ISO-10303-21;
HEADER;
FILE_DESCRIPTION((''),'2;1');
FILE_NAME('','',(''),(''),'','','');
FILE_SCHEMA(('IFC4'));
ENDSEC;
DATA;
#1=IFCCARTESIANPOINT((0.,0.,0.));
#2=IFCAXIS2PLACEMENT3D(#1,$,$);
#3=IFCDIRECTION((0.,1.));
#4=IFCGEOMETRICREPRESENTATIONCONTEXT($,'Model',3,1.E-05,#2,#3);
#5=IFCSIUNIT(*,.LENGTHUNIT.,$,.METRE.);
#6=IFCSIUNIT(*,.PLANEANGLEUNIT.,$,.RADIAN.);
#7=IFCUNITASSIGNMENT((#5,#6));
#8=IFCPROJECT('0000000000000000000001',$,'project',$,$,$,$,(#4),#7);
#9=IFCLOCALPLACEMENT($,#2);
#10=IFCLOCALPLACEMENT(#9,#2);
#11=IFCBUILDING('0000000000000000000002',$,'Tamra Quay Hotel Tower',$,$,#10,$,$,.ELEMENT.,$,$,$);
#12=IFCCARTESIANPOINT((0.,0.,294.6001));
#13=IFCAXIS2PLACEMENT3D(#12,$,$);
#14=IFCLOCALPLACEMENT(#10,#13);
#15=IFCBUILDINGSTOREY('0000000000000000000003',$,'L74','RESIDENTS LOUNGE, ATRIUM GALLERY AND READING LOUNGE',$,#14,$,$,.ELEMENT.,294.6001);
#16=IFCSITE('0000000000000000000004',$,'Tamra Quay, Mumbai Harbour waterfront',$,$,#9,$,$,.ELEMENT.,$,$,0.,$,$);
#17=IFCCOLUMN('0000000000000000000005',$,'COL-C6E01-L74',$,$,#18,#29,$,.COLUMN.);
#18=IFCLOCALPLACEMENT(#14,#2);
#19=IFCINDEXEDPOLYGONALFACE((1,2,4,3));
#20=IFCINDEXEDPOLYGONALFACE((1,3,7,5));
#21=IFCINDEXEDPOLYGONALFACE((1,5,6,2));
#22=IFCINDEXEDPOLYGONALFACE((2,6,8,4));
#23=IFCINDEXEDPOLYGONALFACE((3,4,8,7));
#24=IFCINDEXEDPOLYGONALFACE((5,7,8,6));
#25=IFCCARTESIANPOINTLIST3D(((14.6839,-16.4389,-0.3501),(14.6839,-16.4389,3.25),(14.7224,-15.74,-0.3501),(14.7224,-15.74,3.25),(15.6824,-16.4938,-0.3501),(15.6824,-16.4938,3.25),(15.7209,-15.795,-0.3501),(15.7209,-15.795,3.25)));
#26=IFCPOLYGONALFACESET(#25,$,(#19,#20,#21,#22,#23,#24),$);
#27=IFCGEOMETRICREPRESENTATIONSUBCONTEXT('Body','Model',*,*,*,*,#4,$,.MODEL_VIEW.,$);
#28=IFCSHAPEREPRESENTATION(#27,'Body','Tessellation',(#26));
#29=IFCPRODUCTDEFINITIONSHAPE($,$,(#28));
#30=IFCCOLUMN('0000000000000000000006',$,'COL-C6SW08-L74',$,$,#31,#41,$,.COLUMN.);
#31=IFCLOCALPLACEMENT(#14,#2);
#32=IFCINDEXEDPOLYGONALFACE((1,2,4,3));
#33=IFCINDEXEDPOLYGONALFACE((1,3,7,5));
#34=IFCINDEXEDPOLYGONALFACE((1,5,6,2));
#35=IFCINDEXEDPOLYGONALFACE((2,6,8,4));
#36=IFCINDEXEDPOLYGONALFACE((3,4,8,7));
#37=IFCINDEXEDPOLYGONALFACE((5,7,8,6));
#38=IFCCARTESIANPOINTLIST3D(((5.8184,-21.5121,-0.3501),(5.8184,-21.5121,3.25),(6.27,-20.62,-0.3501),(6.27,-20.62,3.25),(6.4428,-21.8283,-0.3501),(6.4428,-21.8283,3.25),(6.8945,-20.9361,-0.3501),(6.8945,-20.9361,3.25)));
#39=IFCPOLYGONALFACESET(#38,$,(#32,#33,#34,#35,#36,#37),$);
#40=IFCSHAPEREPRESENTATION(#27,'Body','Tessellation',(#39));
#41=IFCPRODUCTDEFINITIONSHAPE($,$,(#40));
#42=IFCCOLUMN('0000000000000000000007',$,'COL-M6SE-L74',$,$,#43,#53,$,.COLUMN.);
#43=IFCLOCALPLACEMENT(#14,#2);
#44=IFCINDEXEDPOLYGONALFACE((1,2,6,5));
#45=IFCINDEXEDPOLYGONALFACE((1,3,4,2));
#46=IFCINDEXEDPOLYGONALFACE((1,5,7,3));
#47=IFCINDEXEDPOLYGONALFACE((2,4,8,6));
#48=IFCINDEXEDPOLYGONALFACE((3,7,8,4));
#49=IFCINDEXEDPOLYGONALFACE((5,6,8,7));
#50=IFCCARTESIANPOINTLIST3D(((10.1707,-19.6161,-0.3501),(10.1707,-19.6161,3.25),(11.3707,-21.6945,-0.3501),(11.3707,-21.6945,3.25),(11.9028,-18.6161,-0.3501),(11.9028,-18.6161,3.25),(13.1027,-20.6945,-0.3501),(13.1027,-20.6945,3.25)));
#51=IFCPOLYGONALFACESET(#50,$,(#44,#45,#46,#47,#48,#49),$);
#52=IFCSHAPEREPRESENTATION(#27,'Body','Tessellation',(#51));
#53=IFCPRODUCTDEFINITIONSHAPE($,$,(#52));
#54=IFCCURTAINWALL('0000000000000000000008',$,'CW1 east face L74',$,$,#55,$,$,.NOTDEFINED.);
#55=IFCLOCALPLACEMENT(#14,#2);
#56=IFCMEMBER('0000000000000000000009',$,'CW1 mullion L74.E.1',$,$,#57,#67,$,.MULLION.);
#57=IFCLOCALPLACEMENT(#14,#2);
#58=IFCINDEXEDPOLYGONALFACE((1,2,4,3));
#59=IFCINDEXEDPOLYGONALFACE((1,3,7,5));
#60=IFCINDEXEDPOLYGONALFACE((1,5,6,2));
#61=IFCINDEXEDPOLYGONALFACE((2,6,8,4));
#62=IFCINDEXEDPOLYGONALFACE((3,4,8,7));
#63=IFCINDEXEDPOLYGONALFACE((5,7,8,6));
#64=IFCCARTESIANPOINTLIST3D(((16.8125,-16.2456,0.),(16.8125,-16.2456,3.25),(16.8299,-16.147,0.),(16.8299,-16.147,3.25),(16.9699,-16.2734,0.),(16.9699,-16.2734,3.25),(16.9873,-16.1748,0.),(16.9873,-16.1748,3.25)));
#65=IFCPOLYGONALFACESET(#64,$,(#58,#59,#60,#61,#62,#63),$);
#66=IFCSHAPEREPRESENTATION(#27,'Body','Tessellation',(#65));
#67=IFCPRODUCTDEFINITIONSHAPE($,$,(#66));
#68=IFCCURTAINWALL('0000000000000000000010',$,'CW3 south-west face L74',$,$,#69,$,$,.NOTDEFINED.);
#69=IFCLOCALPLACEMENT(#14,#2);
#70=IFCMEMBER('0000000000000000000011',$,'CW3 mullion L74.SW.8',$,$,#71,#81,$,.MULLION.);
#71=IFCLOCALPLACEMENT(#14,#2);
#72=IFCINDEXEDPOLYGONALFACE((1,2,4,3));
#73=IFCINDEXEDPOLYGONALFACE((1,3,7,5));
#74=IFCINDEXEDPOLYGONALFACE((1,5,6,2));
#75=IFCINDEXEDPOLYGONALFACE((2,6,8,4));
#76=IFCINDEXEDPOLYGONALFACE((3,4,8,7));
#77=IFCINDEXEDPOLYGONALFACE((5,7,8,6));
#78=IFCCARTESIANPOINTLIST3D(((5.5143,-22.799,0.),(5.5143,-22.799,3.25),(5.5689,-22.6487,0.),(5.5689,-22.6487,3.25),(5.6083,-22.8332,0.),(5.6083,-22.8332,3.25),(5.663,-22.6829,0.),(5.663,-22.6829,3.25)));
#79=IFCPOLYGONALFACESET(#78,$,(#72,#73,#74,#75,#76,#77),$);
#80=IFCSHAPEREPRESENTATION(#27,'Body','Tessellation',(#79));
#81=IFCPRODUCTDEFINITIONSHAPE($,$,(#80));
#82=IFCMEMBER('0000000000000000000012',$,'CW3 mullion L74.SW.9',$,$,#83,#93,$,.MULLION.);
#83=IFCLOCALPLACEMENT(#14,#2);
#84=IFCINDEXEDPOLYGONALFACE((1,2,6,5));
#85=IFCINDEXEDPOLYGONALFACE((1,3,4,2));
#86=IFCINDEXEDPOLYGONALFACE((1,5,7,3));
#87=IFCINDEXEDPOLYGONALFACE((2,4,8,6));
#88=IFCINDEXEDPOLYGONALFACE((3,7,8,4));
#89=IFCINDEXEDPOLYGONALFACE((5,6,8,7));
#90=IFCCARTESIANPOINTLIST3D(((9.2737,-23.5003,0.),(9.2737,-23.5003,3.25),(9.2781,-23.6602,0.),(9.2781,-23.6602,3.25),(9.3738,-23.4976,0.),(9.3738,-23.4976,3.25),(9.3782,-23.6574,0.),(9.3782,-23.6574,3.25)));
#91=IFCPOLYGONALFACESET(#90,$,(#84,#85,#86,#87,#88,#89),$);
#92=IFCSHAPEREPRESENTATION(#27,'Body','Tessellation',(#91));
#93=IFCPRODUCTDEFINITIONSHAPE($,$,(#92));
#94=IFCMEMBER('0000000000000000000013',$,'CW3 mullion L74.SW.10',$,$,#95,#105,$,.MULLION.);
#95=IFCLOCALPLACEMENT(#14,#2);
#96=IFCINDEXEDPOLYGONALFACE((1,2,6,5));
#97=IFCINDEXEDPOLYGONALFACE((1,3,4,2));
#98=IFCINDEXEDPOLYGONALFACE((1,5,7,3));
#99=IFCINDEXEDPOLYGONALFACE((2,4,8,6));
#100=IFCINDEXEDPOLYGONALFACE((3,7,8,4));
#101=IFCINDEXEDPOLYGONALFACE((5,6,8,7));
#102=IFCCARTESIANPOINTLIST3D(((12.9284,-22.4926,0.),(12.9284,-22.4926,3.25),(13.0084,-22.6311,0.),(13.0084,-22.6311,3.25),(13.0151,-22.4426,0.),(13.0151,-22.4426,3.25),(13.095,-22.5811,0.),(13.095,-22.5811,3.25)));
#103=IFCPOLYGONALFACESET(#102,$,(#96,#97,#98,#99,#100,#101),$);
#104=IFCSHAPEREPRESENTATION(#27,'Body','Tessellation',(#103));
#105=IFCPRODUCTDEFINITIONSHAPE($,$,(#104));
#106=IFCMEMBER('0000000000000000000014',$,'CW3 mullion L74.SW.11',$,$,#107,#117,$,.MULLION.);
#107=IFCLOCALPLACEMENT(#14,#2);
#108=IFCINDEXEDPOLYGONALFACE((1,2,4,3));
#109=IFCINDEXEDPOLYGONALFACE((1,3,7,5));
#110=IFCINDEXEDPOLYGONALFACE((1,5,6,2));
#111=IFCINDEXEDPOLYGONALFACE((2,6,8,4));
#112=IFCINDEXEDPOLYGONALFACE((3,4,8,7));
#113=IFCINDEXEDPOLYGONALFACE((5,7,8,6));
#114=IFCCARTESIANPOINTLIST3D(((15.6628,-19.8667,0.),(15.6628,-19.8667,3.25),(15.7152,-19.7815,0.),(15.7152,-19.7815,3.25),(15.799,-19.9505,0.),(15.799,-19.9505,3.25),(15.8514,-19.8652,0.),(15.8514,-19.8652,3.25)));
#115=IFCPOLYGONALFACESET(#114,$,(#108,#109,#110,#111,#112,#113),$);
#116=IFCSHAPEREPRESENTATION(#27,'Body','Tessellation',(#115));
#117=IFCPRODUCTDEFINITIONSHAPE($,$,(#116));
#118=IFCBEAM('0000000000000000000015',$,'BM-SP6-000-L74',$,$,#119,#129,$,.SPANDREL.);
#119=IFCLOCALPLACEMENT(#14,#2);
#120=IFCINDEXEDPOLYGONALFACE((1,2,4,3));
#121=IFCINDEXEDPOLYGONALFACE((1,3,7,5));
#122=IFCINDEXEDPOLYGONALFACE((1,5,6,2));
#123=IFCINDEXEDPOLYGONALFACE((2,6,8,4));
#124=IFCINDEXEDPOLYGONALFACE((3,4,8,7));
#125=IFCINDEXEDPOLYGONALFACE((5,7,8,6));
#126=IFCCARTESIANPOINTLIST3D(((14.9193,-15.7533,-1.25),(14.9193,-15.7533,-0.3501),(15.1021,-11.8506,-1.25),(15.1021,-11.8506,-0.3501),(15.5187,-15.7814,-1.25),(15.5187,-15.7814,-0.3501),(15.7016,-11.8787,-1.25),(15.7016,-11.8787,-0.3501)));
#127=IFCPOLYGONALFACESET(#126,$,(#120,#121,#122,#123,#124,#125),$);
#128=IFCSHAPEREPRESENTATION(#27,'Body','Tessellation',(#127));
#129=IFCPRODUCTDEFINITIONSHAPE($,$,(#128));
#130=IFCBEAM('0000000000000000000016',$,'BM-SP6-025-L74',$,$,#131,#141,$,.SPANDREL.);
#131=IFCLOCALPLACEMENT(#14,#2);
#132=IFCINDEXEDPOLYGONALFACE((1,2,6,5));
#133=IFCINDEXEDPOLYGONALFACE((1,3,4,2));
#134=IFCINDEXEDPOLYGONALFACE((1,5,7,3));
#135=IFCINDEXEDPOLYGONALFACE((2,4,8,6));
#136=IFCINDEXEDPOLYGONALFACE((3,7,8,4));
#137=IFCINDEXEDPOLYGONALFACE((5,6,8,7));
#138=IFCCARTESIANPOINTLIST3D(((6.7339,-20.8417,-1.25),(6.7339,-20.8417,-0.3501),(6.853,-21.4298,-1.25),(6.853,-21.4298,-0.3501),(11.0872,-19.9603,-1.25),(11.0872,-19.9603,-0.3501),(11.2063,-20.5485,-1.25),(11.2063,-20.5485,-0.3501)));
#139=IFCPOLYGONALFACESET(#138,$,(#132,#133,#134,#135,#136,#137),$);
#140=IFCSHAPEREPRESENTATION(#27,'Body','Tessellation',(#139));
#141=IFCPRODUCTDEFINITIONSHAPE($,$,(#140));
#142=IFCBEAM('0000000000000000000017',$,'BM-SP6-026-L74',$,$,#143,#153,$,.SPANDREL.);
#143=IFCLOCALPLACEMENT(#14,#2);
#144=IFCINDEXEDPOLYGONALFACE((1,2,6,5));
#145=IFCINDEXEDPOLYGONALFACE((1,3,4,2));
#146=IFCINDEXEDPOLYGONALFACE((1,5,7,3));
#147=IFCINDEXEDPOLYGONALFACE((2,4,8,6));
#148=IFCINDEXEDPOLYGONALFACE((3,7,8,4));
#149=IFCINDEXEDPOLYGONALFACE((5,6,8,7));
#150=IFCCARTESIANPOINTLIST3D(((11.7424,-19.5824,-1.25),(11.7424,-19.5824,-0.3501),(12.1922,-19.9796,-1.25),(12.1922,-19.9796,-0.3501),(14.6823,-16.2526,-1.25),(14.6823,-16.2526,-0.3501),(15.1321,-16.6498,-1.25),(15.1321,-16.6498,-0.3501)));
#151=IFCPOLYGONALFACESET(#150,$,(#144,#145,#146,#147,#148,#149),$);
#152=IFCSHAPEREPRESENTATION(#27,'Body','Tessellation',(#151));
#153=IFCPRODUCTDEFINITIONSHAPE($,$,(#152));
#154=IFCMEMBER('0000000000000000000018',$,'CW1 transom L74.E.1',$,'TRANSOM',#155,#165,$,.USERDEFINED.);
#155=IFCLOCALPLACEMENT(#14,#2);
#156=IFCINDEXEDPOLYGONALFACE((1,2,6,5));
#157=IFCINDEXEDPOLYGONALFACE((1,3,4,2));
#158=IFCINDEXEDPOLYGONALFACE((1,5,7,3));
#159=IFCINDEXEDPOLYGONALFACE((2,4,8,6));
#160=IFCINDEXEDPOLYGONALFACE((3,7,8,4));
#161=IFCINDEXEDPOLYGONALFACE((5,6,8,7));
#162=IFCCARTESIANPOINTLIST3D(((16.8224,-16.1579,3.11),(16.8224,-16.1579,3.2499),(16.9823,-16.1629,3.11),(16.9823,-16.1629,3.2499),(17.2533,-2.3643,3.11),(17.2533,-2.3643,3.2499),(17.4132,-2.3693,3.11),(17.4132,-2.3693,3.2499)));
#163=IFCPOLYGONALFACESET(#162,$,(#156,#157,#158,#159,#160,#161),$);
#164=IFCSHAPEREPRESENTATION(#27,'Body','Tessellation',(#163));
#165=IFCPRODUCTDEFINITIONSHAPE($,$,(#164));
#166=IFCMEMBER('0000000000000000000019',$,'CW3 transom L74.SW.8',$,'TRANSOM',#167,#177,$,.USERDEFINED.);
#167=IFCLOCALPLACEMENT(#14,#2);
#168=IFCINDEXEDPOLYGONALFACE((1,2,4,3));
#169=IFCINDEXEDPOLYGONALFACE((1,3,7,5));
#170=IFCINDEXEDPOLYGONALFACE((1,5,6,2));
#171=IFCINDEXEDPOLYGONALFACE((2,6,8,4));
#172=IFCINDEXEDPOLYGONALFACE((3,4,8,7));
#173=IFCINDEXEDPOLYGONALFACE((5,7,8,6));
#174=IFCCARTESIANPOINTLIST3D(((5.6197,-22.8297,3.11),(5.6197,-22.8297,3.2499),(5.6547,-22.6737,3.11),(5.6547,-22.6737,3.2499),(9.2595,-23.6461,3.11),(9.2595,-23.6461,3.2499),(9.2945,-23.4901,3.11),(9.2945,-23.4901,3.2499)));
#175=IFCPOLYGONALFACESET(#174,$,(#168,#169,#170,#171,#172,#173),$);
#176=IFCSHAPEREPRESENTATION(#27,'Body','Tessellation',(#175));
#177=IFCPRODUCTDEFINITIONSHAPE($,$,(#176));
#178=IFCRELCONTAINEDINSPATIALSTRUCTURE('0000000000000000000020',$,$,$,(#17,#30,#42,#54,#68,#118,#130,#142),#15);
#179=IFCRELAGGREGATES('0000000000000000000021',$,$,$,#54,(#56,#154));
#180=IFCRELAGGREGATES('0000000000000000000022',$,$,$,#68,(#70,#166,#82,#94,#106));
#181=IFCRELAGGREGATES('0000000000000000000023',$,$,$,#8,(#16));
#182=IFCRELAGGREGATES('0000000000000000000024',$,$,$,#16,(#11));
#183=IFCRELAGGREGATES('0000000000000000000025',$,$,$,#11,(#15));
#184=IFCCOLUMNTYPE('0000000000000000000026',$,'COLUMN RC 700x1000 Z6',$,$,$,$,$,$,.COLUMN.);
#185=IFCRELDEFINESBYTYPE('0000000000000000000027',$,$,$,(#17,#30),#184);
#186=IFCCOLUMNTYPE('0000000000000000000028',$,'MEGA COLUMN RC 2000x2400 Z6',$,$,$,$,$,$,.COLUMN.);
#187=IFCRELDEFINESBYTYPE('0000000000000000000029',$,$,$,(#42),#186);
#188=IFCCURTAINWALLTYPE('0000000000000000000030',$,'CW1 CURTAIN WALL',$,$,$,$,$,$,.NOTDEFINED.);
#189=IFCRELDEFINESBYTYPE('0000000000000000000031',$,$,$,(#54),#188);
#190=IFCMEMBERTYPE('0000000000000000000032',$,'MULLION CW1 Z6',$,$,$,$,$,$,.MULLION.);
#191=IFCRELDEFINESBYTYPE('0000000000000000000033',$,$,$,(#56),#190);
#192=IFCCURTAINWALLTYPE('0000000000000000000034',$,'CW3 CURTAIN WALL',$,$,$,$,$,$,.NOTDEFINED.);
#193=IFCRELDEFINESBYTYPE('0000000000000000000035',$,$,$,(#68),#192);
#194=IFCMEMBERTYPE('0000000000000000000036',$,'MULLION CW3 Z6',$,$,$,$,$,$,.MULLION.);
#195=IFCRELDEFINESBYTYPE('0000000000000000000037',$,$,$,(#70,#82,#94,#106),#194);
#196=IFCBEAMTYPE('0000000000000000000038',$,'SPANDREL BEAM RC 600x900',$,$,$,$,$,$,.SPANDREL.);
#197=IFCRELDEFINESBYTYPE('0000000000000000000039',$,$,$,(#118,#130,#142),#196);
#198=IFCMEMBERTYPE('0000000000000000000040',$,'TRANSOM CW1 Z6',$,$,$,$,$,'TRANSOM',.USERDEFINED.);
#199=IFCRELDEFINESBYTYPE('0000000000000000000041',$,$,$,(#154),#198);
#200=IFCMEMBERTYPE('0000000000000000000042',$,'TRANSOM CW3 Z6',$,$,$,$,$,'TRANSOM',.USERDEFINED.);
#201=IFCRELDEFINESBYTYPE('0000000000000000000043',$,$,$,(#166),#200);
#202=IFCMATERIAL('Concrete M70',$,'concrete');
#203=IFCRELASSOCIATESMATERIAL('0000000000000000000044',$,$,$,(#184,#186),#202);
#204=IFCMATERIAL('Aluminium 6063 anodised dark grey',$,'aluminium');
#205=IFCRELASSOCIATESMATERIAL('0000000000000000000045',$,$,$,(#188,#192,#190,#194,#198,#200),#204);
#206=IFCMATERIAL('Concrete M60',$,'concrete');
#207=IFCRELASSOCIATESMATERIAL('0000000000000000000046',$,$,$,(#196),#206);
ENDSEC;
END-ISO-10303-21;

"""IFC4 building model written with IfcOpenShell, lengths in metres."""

from ifc_helpers import new_model, si_unit, direction, frame, origin, origin_2d, place, context, subcontext, project, spatial, rectangle, extrude, material, material_profile, profile_set, type_object, element, aggregate, save


model = new_model("IFC4")

# Units and contexts
model_context = context("Model", 3, precision=1e-05, world=origin(), true_north=direction((0.0, 1.0)))
body_context = subcontext(model_context, "Body", "Model", "MODEL_VIEW")
ifc_project = project(units=[si_unit("LENGTHUNIT", "METRE"), si_unit("PLANEANGLEUNIT", "RADIAN")], contexts=[model_context])

# Site, building, storey
site_placement = place(None, origin())
site = spatial("IfcSite", under=ifc_project, at=site_placement, Name="Tamra Quay, Mumbai Harbour waterfront", CompositionType="ELEMENT", RefElevation=0.0)
building_placement = place(site_placement, origin())
building = spatial("IfcBuilding", under=site, at=building_placement, Name="Tamra Quay Hotel Tower", CompositionType="ELEMENT")
storey_placement = place(building_placement, frame((0.0, 0.0, 294.6001)))
storey = spatial("IfcBuildingStorey", under=building, at=storey_placement, Name="L74", Description="RESIDENTS LOUNGE, ATRIUM GALLERY AND READING LOUNGE", CompositionType="ELEMENT", Elevation=294.6001)

# Columns
ifc_material_1 = material(Name="Concrete M70", Category="concrete")
ifc_material_profile_1 = material_profile(ifc_material_1, rectangle(XDim=1.0, YDim=0.7, at=origin_2d()), Name="COLUMN RC 700x1000 Z6")
ifc_profile_set_1 = profile_set([ifc_material_profile_1], Name="Concrete M70")
column_type_1 = type_object("IfcColumnType", Name="COLUMN RC 700x1000 Z6", PredefinedType="COLUMN", material=ifc_profile_set_1)
for number, where, z_axis, x_axis, name in (
    (1, (15.2024, -16.1169, -0.3501), (0.0, 0.0, 1.0), (-0.998491, 0.054917, 0.0), "COL-C6E01-L74"),
    (2, (6.3564, -21.2241, -0.3501), (0.0, 0.0, 1.0), (0.451686, 0.892177, 0.0), "COL-C6SW08-L74"),
):
    element("IfcColumn", number, at=place(storey_placement, frame(where, z_axis=z_axis, x_axis=x_axis)), inside=storey, type_object=column_type_1, Name=name, PredefinedType="COLUMN", context=body_context, shape_type="SweptSolid", body=[
        extrude(rectangle(XDim=1.0, YDim=0.7, at=origin_2d()), origin(), (0.0, 0.0, 1.0), 3.6001),
    ])
ifc_material_profile_2 = material_profile(ifc_material_1, rectangle(XDim=2.3999, YDim=2.0, at=origin_2d()), Name="MEGA COLUMN RC 2000x2400 Z6")
ifc_profile_set_2 = profile_set([ifc_material_profile_2], Name="Concrete M70")
column_type_2 = type_object("IfcColumnType", Name="MEGA COLUMN RC 2000x2400 Z6", PredefinedType="COLUMN", material=ifc_profile_set_2)
column_placement = place(storey_placement, frame((11.6367, -20.1553, -0.3501), z_axis=(0.0, 0.0, 1.0), x_axis=(-0.5, 0.866025, 0.0)))
element("IfcColumn", 3, at=column_placement, inside=storey, type_object=column_type_2, Name="COL-M6SE-L74", PredefinedType="COLUMN", context=body_context, shape_type="SweptSolid", body=[
    extrude(rectangle(XDim=2.3999, YDim=2.0, at=origin_2d()), origin(), (0.0, 0.0, 1.0), 3.6001),
])

# Curtain wall, member
ifc_material_2 = material(Name="Aluminium 6063 anodised dark grey", Category="aluminium")
curtain_wall_type_1 = type_object("IfcCurtainWallType", Name="CW1 CURTAIN WALL", PredefinedType="NOTDEFINED", material=ifc_material_2)
curtain_wall_1_placement = place(storey_placement, origin())
curtain_wall_1 = element("IfcCurtainWall", 4, at=curtain_wall_1_placement, inside=storey, type_object=curtain_wall_type_1, Name="CW1 east face L74", PredefinedType="NOTDEFINED")
ifc_material_profile_3 = material_profile(ifc_material_2, rectangle(XDim=0.1599, YDim=0.1001, at=origin_2d()), Name="MULLION 100X160")
ifc_profile_set_3 = profile_set([ifc_material_profile_3], Name="Aluminium 6063 anodised dark grey")
member_type_1 = type_object("IfcMemberType", Name="MULLION CW1 Z6", PredefinedType="MULLION", material=ifc_profile_set_3)
member_1_placement = place(storey_placement, frame((16.8999, -16.2102, 0.0), z_axis=(0.0, 0.0, 1.0), x_axis=(0.98474, -0.174032, 0.0)))
member_1 = element("IfcMember", 5, at=member_1_placement, type_object=member_type_1, Name="CW1 mullion L74.E.1", PredefinedType="MULLION", context=body_context, shape_type="SweptSolid", body=[
    extrude(rectangle(XDim=0.1599, YDim=0.1001, at=origin_2d()), origin(), (0.0, 0.0, 1.0), 3.25),
])

# Curtain wall, members
curtain_wall_type_2 = type_object("IfcCurtainWallType", Name="CW3 CURTAIN WALL", PredefinedType="NOTDEFINED", material=ifc_material_2)
curtain_wall_2_placement = place(storey_placement, origin())
curtain_wall_2 = element("IfcCurtainWall", 6, at=curtain_wall_2_placement, inside=storey, type_object=curtain_wall_type_2, Name="CW3 south-west face L74", PredefinedType="NOTDEFINED")
ifc_material_profile_4 = material_profile(ifc_material_2, rectangle(XDim=0.1599, YDim=0.1001, at=origin_2d()), Name="MULLION 100X160")
ifc_profile_set_4 = profile_set([ifc_material_profile_4], Name="Aluminium 6063 anodised dark grey")
member_type_2 = type_object("IfcMemberType", Name="MULLION CW3 Z6", PredefinedType="MULLION", material=ifc_profile_set_4)
member_2_placement = place(storey_placement, frame((5.5886, -22.741, 0.0), z_axis=(0.0, 0.0, 1.0), x_axis=(-0.341653, -0.939826, 0.0)))
member_2 = element("IfcMember", 7, at=member_2_placement, type_object=member_type_2, Name="CW3 mullion L74.SW.8", PredefinedType="MULLION", context=body_context, shape_type="SweptSolid", body=[
    extrude(rectangle(XDim=0.1599, YDim=0.1001, at=origin_2d()), origin(), (0.0, 0.0, 1.0), 3.25),
])
member_3_placement = place(storey_placement, frame((9.3259, -23.5789, 0.0), z_axis=(0.0, 0.0, 1.0), x_axis=(0.027469, -0.999623, 0.0)))
member_3 = element("IfcMember", 8, at=member_3_placement, type_object=member_type_2, Name="CW3 mullion L74.SW.9", PredefinedType="MULLION", context=body_context, shape_type="SweptSolid", body=[
    extrude(rectangle(XDim=0.1599, YDim=0.1001, at=origin_2d()), origin(), (0.0, 0.0, 1.0), 3.25),
])
member_4_placement = place(storey_placement, frame((13.0117, -22.5369, 0.0), z_axis=(0.0, 0.0, 1.0), x_axis=(0.5, -0.866025, 0.0)))
member_4 = element("IfcMember", 9, at=member_4_placement, type_object=member_type_2, Name="CW3 mullion L74.SW.10", PredefinedType="MULLION", context=body_context, shape_type="SweptSolid", body=[
    extrude(rectangle(XDim=0.1599, YDim=0.1001, at=origin_2d()), origin(), (0.0, 0.0, 1.0), 3.25),
])
member_5_placement = place(storey_placement, frame((15.7571, -19.866, 0.0), z_axis=(0.0, 0.0, 1.0), x_axis=(0.851964, -0.5236, 0.0)))
member_5 = element("IfcMember", 10, at=member_5_placement, type_object=member_type_2, Name="CW3 mullion L74.SW.11", PredefinedType="MULLION", context=body_context, shape_type="SweptSolid", body=[
    extrude(rectangle(XDim=0.1599, YDim=0.1001, at=origin_2d()), origin(), (0.0, 0.0, 1.0), 3.25),
])

# Beams
ifc_material_3 = material(Name="Concrete M60", Category="concrete")
ifc_material_profile_5 = material_profile(ifc_material_3, rectangle(XDim=0.6001, YDim=0.8999, at=origin_2d()), Name="SPANDREL BEAM RC 600x900")
ifc_profile_set_5 = profile_set([ifc_material_profile_5], Name="Concrete M60")
beam_type = type_object("IfcBeamType", Name="SPANDREL BEAM RC 600x900", PredefinedType="SPANDREL", material=ifc_profile_set_5)
beam_1_placement = place(storey_placement, frame((15.219, -15.7673, -0.8), z_axis=(0.046805, 0.998904, 0.0), x_axis=(-0.998904, 0.046805, 0.0)))
element("IfcBeam", 11, at=beam_1_placement, inside=storey, type_object=beam_type, Name="BM-SP6-000-L74", PredefinedType="SPANDREL", context=body_context, shape_type="SweptSolid", body=[
    extrude(rectangle(XDim=0.6001, YDim=0.8999, at=origin_2d()), origin(), (0.0, 0.0, 1.0), 3.907),
])
beam_2_placement = place(storey_placement, frame((6.7935, -21.1357, -0.8), z_axis=(0.980115, 0.198431, 0.0), x_axis=(-0.198431, 0.980115, 0.0)))
element("IfcBeam", 12, at=beam_2_placement, inside=storey, type_object=beam_type, Name="BM-SP6-025-L74", PredefinedType="SPANDREL", context=body_context, shape_type="SweptSolid", body=[
    extrude(rectangle(XDim=0.6001, YDim=0.8999, at=origin_2d()), origin(), (0.0, 0.0, 1.0), 4.4417),
])
beam_3_placement = place(storey_placement, frame((11.9673, -19.781, -0.8), z_axis=(0.661856, 0.749631, 0.0), x_axis=(-0.749631, 0.661856, 0.0)))
element("IfcBeam", 13, at=beam_3_placement, inside=storey, type_object=beam_type, Name="BM-SP6-026-L74", PredefinedType="SPANDREL", context=body_context, shape_type="SweptSolid", body=[
    extrude(rectangle(XDim=0.6001, YDim=0.8999, at=origin_2d()), origin(), (0.0, 0.0, 1.0), 4.4419),
])

# Members
ifc_material_profile_6 = material_profile(ifc_material_2, rectangle(XDim=0.1599, YDim=0.1399, at=origin_2d()), Name="TRANSOM 160X140")
ifc_profile_set_6 = profile_set([ifc_material_profile_6], Name="Aluminium 6063 anodised dark grey")
member_type_3 = type_object("IfcMemberType", Name="TRANSOM CW1 Z6", ElementType="TRANSOM", PredefinedType="USERDEFINED", material=ifc_profile_set_6)
member_6_placement = place(storey_placement, frame((16.9023, -16.1604, 3.1799), z_axis=(0.031225, 0.999512, 0.0), x_axis=(-0.999512, 0.031225, 0.0)))
member_6 = element("IfcMember", 14, at=member_6_placement, type_object=member_type_3, Name="CW1 transom L74.E.1", ObjectType="TRANSOM", PredefinedType="USERDEFINED", context=body_context, shape_type="SweptSolid", body=[
    extrude(rectangle(XDim=0.1599, YDim=0.1399, at=origin_2d()), origin(), (0.0, 0.0, 1.0), 13.8003),
])
aggregate(curtain_wall_1, [member_1, member_6])
ifc_material_profile_7 = material_profile(ifc_material_2, rectangle(XDim=0.1599, YDim=0.1399, at=origin_2d()), Name="TRANSOM 160X140")
ifc_profile_set_7 = profile_set([ifc_material_profile_7], Name="Aluminium 6063 anodised dark grey")
member_type_4 = type_object("IfcMemberType", Name="TRANSOM CW3 Z6", ElementType="TRANSOM", PredefinedType="USERDEFINED", material=ifc_profile_set_7)
member_7_placement = place(storey_placement, frame((5.6372, -22.7517, 3.1799), z_axis=(0.975757, -0.218857, 0.0), x_axis=(0.218857, 0.975757, 0.0)))
member_7 = element("IfcMember", 15, at=member_7_placement, type_object=member_type_4, Name="CW3 transom L74.SW.8", ObjectType="TRANSOM", PredefinedType="USERDEFINED", context=body_context, shape_type="SweptSolid", body=[
    extrude(rectangle(XDim=0.1599, YDim=0.1399, at=origin_2d()), origin(), (0.0, 0.0, 1.0), 3.7302),
])

aggregate(curtain_wall_2, [member_2, member_7, member_3, member_4, member_5])

save(model, "model.ifc")
